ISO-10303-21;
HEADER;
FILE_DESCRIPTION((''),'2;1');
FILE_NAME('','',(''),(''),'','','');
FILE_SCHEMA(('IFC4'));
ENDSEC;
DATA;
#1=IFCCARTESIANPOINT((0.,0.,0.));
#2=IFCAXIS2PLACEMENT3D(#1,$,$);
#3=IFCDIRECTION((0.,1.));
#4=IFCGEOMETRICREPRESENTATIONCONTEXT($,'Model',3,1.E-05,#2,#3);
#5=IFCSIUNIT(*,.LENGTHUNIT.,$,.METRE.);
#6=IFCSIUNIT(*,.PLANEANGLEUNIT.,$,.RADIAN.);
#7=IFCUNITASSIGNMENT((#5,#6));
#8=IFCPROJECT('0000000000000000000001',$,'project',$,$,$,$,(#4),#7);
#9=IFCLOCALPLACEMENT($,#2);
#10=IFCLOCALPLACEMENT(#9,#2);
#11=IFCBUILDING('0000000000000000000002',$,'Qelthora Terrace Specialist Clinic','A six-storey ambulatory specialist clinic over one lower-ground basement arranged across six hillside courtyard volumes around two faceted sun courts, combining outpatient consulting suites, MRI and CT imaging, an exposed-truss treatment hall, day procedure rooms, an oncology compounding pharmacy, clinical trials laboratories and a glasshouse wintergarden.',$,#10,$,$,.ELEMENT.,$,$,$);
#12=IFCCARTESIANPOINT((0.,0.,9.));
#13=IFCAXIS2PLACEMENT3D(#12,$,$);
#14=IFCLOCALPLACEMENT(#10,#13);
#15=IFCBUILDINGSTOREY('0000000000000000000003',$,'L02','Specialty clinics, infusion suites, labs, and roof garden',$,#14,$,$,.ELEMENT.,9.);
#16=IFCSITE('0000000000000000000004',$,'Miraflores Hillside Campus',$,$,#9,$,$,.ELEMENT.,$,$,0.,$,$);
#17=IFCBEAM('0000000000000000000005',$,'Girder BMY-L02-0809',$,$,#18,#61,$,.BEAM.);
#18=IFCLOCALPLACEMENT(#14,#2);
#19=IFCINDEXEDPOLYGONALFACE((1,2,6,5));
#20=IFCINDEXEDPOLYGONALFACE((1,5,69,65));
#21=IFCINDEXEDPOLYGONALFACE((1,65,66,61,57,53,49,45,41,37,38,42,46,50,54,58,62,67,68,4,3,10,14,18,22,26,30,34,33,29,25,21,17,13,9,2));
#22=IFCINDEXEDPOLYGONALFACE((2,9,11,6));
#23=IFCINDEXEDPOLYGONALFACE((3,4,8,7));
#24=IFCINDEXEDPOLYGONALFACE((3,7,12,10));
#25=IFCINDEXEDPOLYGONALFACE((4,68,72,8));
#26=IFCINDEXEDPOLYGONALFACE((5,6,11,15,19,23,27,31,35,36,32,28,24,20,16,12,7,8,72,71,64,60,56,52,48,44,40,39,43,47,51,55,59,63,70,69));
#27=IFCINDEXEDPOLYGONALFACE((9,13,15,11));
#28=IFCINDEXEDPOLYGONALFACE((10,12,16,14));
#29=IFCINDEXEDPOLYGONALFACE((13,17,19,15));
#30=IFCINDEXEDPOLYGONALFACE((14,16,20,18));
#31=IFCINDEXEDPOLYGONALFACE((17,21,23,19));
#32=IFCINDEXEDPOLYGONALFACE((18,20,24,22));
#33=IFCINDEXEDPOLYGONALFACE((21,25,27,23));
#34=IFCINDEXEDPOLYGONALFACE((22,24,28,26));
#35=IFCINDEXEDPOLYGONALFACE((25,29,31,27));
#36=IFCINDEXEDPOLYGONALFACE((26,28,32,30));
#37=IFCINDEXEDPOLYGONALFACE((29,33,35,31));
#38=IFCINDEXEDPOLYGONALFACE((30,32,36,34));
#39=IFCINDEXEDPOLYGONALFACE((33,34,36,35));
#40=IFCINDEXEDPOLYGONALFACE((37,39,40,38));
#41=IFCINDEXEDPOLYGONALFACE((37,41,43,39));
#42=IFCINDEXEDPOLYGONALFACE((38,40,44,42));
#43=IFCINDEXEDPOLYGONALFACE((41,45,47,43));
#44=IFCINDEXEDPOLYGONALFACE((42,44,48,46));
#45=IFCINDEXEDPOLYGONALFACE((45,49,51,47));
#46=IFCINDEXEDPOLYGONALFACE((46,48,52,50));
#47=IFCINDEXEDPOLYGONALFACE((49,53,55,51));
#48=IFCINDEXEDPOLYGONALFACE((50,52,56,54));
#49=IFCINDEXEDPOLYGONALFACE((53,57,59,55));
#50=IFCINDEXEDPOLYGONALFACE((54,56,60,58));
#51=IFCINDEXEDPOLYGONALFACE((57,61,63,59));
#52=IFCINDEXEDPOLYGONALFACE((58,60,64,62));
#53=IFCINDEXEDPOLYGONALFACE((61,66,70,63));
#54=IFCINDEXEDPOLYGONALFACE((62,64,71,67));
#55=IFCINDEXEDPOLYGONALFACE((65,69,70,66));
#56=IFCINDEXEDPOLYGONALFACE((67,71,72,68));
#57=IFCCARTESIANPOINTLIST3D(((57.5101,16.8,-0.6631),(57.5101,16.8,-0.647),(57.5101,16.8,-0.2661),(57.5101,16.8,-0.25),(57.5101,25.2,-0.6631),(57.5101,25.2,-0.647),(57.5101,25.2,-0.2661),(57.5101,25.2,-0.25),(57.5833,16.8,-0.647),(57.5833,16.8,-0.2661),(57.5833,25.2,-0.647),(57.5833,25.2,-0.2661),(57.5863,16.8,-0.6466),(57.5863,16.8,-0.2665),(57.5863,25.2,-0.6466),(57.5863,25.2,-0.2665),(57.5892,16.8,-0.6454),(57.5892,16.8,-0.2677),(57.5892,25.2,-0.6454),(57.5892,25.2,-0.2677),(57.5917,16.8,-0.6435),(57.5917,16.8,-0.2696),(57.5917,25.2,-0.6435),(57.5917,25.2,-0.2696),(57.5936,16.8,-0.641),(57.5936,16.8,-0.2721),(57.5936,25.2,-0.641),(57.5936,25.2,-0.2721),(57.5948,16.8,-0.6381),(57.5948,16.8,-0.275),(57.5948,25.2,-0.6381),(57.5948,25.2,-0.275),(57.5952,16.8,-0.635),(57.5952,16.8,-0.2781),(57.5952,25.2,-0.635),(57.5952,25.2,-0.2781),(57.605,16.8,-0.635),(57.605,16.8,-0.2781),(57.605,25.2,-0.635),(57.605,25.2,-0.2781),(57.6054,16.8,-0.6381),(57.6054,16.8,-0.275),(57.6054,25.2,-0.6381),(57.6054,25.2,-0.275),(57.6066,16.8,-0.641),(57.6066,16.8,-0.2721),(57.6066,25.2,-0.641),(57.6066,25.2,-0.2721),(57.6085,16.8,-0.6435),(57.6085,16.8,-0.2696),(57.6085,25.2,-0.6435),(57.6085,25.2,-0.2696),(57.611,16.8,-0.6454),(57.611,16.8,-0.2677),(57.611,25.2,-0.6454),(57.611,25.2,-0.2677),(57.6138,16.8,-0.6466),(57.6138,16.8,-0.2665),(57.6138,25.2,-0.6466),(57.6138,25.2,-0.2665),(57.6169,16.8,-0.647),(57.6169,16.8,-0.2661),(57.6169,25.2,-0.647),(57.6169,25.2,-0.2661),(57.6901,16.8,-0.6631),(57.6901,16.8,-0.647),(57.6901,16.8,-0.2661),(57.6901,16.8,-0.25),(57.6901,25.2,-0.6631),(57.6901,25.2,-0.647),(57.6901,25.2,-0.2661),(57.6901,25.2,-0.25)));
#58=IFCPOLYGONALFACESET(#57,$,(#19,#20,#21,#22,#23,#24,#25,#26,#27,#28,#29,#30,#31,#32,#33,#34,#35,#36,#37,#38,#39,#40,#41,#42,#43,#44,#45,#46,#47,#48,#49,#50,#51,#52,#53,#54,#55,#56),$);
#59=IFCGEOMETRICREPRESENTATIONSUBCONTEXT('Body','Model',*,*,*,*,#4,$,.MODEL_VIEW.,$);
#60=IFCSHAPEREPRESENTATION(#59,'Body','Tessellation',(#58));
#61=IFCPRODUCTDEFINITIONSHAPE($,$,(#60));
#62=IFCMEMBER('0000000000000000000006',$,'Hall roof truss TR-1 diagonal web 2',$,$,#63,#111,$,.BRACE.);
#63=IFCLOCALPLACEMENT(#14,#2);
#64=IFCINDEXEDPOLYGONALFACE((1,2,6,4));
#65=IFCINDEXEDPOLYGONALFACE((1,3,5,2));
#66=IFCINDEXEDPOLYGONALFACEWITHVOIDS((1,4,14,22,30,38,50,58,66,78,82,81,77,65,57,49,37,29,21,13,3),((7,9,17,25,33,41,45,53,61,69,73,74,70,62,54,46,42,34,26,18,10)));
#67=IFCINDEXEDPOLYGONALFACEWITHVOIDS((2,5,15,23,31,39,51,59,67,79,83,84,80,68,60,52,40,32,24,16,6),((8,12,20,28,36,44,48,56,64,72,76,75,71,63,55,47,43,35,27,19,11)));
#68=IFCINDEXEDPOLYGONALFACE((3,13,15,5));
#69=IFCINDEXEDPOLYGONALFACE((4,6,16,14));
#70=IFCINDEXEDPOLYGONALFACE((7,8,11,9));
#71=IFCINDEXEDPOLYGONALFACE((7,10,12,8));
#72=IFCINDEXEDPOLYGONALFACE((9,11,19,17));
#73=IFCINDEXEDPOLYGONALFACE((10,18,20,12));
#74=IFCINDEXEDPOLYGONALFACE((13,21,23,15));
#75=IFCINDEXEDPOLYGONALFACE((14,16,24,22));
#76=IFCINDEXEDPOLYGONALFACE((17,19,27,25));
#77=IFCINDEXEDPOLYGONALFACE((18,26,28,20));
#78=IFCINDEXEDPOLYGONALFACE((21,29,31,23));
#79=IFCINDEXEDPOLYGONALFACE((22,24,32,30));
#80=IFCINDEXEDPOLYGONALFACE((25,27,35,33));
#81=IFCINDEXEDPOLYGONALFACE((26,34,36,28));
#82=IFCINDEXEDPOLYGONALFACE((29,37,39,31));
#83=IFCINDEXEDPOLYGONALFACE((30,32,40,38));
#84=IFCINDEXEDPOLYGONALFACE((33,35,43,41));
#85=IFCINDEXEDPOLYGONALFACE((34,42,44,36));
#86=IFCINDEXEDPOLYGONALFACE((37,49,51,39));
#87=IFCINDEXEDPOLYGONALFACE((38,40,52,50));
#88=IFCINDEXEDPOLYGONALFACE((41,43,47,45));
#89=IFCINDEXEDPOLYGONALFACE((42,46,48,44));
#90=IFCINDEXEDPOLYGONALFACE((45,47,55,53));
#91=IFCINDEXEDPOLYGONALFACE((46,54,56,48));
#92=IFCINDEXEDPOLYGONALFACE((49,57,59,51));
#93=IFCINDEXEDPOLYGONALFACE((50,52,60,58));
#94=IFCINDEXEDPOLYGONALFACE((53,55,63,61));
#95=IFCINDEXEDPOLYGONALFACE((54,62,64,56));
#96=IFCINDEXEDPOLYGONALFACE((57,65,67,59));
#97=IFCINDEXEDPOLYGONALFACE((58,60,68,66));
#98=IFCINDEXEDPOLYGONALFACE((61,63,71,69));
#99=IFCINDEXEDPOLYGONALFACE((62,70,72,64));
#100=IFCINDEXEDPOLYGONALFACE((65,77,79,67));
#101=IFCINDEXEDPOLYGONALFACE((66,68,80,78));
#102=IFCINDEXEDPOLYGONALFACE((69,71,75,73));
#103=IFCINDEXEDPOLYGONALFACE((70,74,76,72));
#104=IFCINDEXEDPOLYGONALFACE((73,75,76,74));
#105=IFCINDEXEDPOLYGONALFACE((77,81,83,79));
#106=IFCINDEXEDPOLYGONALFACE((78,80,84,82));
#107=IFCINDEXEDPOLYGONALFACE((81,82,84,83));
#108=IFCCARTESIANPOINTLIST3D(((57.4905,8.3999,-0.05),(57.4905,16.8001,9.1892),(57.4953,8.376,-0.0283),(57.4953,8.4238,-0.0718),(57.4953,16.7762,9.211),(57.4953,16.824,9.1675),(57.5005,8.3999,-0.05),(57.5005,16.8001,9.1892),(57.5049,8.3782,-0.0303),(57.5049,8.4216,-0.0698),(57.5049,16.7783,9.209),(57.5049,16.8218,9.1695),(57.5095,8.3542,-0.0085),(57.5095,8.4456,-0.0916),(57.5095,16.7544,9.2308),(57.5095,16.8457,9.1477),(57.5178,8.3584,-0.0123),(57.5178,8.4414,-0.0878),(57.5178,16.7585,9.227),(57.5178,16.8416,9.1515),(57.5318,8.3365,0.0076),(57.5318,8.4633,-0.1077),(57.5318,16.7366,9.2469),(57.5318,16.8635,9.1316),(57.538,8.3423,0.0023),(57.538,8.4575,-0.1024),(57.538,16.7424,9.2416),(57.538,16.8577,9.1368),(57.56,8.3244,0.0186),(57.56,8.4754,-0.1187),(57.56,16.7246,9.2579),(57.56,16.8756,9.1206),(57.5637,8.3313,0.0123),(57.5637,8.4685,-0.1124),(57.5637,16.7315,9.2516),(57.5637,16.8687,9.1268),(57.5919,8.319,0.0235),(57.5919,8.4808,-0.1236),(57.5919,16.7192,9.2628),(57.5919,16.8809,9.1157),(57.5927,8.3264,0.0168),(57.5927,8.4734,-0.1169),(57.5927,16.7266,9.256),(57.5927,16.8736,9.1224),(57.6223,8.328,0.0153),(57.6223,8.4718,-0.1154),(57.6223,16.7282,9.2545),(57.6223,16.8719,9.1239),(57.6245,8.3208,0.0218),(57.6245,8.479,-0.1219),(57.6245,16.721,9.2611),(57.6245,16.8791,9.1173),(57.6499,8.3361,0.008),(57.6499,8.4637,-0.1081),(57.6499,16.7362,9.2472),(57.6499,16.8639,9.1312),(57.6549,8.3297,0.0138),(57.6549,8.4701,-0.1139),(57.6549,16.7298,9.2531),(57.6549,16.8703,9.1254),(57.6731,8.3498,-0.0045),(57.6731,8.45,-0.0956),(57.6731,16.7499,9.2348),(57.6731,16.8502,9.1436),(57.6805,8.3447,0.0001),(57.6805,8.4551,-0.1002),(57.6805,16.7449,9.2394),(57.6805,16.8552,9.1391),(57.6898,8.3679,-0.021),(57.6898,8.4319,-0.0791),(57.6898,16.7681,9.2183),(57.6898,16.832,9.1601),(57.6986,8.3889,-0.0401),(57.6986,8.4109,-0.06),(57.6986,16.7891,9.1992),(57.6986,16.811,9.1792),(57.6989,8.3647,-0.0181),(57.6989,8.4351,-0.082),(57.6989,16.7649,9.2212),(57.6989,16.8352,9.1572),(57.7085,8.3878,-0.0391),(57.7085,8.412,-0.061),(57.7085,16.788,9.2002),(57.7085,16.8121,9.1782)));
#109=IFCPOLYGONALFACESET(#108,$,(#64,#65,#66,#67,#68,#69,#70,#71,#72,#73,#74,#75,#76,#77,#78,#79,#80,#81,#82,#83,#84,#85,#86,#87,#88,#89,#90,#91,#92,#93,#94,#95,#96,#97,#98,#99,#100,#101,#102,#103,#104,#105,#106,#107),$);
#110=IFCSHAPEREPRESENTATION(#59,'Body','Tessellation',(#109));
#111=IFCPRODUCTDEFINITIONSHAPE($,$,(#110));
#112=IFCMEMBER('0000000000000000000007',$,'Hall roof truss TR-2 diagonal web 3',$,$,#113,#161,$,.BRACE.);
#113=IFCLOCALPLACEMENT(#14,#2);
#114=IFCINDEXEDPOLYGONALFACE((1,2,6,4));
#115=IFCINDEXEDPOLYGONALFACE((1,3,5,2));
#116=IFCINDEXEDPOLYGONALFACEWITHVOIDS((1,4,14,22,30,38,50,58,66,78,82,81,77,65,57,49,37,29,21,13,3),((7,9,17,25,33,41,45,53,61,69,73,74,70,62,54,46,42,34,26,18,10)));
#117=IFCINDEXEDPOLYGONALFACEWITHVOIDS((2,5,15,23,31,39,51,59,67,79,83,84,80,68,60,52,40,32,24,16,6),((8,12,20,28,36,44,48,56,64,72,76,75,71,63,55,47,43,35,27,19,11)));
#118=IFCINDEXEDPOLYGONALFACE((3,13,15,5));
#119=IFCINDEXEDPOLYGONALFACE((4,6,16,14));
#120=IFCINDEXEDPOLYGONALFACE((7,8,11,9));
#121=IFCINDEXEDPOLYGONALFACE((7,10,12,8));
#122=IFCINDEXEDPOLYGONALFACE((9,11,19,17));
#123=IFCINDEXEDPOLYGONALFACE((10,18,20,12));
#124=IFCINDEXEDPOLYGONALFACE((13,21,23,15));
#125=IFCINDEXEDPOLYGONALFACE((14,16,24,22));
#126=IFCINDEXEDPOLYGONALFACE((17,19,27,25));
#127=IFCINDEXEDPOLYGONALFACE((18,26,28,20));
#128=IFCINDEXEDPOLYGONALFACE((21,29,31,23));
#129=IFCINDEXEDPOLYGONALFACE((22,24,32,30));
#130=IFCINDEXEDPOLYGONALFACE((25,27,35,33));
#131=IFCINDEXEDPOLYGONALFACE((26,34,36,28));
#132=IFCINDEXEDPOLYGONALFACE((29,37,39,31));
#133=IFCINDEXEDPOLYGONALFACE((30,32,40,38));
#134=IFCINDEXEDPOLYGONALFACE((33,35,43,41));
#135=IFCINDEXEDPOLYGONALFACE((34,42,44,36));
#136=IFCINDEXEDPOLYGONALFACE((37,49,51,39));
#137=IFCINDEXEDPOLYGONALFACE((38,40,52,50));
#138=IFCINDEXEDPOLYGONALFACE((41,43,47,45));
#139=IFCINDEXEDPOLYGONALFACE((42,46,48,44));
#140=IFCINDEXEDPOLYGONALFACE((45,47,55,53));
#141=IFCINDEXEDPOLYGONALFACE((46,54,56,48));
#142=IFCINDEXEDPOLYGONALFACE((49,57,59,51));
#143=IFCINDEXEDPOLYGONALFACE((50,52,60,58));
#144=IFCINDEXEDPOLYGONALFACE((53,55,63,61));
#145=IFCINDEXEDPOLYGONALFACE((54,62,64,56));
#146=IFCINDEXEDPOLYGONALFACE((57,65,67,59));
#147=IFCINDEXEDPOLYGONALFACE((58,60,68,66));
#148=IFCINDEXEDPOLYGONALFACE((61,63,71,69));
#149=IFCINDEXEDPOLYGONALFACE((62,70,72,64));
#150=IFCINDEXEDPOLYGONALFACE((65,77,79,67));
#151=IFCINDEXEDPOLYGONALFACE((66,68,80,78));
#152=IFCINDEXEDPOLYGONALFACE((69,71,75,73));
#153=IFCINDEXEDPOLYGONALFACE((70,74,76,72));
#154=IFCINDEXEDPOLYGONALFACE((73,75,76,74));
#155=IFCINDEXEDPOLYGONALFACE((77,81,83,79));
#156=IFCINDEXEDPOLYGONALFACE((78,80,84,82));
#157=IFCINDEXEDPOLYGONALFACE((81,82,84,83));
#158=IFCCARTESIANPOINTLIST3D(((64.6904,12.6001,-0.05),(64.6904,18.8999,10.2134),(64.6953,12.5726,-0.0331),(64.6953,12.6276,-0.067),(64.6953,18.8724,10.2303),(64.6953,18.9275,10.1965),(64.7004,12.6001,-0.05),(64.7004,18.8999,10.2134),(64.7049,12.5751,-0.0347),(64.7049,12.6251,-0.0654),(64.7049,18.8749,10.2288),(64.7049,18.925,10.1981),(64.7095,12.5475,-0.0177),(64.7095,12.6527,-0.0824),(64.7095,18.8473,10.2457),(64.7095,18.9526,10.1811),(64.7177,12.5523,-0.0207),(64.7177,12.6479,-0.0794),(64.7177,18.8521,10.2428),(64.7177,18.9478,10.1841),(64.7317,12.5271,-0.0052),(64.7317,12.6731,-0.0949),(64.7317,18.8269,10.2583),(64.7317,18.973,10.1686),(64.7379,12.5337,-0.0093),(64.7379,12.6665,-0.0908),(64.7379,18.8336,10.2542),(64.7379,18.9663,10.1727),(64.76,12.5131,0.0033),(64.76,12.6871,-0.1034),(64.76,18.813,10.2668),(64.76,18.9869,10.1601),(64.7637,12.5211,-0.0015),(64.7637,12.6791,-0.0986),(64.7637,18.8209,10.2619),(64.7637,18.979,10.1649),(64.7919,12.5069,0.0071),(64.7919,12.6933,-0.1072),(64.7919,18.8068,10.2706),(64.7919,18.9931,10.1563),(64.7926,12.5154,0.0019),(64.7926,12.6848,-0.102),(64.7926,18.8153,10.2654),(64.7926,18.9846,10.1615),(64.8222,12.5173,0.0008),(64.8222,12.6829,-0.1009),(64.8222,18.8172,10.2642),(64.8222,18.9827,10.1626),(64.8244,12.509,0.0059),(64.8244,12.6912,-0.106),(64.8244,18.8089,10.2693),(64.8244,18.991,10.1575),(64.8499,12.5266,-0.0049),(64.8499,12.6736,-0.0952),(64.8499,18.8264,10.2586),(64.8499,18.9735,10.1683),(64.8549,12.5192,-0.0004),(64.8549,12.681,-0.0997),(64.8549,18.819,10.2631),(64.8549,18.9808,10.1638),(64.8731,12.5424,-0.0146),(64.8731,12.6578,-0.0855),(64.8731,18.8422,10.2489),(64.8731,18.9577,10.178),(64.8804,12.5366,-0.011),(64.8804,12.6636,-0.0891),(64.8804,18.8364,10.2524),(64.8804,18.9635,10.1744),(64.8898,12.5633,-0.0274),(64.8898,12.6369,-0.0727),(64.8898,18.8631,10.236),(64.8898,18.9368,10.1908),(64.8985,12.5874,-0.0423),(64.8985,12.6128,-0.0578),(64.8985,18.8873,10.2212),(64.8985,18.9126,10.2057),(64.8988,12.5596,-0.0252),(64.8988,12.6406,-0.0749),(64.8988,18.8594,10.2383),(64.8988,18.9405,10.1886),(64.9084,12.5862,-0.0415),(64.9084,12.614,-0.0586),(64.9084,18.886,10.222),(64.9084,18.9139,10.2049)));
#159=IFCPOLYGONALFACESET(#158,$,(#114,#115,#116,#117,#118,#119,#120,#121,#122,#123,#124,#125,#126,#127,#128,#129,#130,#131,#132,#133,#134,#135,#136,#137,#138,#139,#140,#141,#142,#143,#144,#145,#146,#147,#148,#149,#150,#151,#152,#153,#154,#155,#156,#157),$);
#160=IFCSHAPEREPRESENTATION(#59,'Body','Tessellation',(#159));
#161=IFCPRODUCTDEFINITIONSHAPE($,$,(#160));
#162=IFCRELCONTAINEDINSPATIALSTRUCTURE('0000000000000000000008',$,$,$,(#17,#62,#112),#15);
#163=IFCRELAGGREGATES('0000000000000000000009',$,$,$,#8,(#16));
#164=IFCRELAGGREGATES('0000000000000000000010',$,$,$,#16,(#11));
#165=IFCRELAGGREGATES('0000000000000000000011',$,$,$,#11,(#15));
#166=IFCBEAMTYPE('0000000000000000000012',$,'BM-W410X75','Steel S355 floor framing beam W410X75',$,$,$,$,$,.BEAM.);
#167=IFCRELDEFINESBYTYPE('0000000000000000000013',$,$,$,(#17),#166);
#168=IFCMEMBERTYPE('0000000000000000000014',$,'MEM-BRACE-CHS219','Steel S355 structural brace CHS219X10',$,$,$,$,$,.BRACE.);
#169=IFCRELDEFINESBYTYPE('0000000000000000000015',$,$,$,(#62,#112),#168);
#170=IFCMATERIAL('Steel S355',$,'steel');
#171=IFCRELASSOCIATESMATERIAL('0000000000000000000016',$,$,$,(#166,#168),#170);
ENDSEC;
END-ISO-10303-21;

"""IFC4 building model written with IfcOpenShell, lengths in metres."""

from ifc_helpers import new_model, si_unit, direction, frame, origin, origin_2d, place, context, subcontext, project, spatial, hollow_circle, i_section, extrude, material, material_profile, profile_set, type_object, element, save


model = new_model("IFC4")

# Units and contexts
model_context = context("Model", 3, precision=1e-05, world=origin(), true_north=direction((0.0, 1.0)))
body_context = subcontext(model_context, "Body", "Model", "MODEL_VIEW")
ifc_project = project(units=[si_unit("LENGTHUNIT", "METRE"), si_unit("PLANEANGLEUNIT", "RADIAN")], contexts=[model_context])

# Site, building, storey
site_placement = place(None, origin())
site = spatial("IfcSite", under=ifc_project, at=site_placement, Name="Miraflores Hillside Campus", CompositionType="ELEMENT", RefElevation=0.0)
building_placement = place(site_placement, origin())
building = spatial("IfcBuilding", under=site, at=building_placement, Name="Qelthora Terrace Specialist Clinic", Description="A six-storey ambulatory specialist clinic over one lower-ground basement arranged across six hillside courtyard volumes around two faceted sun courts, combining outpatient consulting suites, MRI and CT imaging, an exposed-truss treatment hall, day procedure rooms, an oncology compounding pharmacy, clinical trials laboratories and a glasshouse wintergarden.", CompositionType="ELEMENT")
storey_placement = place(building_placement, frame((0.0, 0.0, 9.0)))
storey = spatial("IfcBuildingStorey", under=building, at=storey_placement, Name="L02", Description="Specialty clinics, infusion suites, labs, and roof garden", CompositionType="ELEMENT", Elevation=9.0)

# Beam
ifc_material = material(Name="Steel S355", Category="steel")
ifc_material_profile_1 = material_profile(ifc_material, i_section(OverallWidth=0.1799, OverallDepth=0.4131, WebThickness=0.0098, FlangeThickness=0.0161, FilletRadius=0.012, at=origin_2d()), Name="W410X75")
ifc_profile_set_1 = profile_set([ifc_material_profile_1], Name="Steel S355")
beam_type = type_object("IfcBeamType", Name="BM-W410X75", Description="Steel S355 floor framing beam W410X75", PredefinedType="BEAM", material=ifc_profile_set_1)
beam_placement = place(storey_placement, frame((57.6001, 16.8, -0.4565), z_axis=(0.0, 1.0, 0.0), x_axis=(-1.0, 0.0, 0.0)))
element("IfcBeam", 1, at=beam_placement, inside=storey, type_object=beam_type, Name="Girder BMY-L02-0809", PredefinedType="BEAM", context=body_context, shape_type="SweptSolid", body=[
    extrude(i_section(OverallWidth=0.1799, OverallDepth=0.4131, WebThickness=0.0098, FlangeThickness=0.0161, FilletRadius=0.012, at=origin_2d()), origin(), (0.0, 0.0, 1.0), 8.3999),
])

# Members
ifc_material_profile_2 = material_profile(ifc_material, hollow_circle(Radius=0.1096, WallThickness=0.01, at=origin_2d()), Name="CHS219X10")
ifc_profile_set_2 = profile_set([ifc_material_profile_2], Name="Steel S355")
member_type_1 = type_object("IfcMemberType", Name="MEM-BRACE-CHS219", Description="Steel S355 structural brace CHS219X10", PredefinedType="BRACE", material=ifc_profile_set_2)
member_1_placement = place(storey_placement, frame((57.6001, 8.3999, -0.05), z_axis=(0.0, 0.672709, 0.739907), x_axis=(-1.0, 0.0, 0.0)))
element("IfcMember", 2, at=member_1_placement, inside=storey, type_object=member_type_1, Name="Hall roof truss TR-1 diagonal web 2", PredefinedType="BRACE", context=body_context, shape_type="SweptSolid", body=[
    extrude(hollow_circle(Radius=0.1096, WallThickness=0.01, at=origin_2d()), origin(), (0.0, 0.0, 1.0), 12.4871),
])
for number, where, z_axis, x_axis, name in (
    (3, (64.8, 12.6001, -0.05), (0.0, 0.523124, 0.852256), (-1.0, 0.0, 0.0), "Hall roof truss TR-2 diagonal web 3"),
):
    element("IfcMember", number, at=place(storey_placement, frame(where, z_axis=z_axis, x_axis=x_axis)), inside=storey, type_object=member_type_1, Name=name, PredefinedType="BRACE", context=body_context, shape_type="SweptSolid", body=[
        extrude(hollow_circle(Radius=0.1096, WallThickness=0.01, at=origin_2d()), origin(), (0.0, 0.0, 1.0), 12.0427),
    ])

save(model, "model.ifc")
